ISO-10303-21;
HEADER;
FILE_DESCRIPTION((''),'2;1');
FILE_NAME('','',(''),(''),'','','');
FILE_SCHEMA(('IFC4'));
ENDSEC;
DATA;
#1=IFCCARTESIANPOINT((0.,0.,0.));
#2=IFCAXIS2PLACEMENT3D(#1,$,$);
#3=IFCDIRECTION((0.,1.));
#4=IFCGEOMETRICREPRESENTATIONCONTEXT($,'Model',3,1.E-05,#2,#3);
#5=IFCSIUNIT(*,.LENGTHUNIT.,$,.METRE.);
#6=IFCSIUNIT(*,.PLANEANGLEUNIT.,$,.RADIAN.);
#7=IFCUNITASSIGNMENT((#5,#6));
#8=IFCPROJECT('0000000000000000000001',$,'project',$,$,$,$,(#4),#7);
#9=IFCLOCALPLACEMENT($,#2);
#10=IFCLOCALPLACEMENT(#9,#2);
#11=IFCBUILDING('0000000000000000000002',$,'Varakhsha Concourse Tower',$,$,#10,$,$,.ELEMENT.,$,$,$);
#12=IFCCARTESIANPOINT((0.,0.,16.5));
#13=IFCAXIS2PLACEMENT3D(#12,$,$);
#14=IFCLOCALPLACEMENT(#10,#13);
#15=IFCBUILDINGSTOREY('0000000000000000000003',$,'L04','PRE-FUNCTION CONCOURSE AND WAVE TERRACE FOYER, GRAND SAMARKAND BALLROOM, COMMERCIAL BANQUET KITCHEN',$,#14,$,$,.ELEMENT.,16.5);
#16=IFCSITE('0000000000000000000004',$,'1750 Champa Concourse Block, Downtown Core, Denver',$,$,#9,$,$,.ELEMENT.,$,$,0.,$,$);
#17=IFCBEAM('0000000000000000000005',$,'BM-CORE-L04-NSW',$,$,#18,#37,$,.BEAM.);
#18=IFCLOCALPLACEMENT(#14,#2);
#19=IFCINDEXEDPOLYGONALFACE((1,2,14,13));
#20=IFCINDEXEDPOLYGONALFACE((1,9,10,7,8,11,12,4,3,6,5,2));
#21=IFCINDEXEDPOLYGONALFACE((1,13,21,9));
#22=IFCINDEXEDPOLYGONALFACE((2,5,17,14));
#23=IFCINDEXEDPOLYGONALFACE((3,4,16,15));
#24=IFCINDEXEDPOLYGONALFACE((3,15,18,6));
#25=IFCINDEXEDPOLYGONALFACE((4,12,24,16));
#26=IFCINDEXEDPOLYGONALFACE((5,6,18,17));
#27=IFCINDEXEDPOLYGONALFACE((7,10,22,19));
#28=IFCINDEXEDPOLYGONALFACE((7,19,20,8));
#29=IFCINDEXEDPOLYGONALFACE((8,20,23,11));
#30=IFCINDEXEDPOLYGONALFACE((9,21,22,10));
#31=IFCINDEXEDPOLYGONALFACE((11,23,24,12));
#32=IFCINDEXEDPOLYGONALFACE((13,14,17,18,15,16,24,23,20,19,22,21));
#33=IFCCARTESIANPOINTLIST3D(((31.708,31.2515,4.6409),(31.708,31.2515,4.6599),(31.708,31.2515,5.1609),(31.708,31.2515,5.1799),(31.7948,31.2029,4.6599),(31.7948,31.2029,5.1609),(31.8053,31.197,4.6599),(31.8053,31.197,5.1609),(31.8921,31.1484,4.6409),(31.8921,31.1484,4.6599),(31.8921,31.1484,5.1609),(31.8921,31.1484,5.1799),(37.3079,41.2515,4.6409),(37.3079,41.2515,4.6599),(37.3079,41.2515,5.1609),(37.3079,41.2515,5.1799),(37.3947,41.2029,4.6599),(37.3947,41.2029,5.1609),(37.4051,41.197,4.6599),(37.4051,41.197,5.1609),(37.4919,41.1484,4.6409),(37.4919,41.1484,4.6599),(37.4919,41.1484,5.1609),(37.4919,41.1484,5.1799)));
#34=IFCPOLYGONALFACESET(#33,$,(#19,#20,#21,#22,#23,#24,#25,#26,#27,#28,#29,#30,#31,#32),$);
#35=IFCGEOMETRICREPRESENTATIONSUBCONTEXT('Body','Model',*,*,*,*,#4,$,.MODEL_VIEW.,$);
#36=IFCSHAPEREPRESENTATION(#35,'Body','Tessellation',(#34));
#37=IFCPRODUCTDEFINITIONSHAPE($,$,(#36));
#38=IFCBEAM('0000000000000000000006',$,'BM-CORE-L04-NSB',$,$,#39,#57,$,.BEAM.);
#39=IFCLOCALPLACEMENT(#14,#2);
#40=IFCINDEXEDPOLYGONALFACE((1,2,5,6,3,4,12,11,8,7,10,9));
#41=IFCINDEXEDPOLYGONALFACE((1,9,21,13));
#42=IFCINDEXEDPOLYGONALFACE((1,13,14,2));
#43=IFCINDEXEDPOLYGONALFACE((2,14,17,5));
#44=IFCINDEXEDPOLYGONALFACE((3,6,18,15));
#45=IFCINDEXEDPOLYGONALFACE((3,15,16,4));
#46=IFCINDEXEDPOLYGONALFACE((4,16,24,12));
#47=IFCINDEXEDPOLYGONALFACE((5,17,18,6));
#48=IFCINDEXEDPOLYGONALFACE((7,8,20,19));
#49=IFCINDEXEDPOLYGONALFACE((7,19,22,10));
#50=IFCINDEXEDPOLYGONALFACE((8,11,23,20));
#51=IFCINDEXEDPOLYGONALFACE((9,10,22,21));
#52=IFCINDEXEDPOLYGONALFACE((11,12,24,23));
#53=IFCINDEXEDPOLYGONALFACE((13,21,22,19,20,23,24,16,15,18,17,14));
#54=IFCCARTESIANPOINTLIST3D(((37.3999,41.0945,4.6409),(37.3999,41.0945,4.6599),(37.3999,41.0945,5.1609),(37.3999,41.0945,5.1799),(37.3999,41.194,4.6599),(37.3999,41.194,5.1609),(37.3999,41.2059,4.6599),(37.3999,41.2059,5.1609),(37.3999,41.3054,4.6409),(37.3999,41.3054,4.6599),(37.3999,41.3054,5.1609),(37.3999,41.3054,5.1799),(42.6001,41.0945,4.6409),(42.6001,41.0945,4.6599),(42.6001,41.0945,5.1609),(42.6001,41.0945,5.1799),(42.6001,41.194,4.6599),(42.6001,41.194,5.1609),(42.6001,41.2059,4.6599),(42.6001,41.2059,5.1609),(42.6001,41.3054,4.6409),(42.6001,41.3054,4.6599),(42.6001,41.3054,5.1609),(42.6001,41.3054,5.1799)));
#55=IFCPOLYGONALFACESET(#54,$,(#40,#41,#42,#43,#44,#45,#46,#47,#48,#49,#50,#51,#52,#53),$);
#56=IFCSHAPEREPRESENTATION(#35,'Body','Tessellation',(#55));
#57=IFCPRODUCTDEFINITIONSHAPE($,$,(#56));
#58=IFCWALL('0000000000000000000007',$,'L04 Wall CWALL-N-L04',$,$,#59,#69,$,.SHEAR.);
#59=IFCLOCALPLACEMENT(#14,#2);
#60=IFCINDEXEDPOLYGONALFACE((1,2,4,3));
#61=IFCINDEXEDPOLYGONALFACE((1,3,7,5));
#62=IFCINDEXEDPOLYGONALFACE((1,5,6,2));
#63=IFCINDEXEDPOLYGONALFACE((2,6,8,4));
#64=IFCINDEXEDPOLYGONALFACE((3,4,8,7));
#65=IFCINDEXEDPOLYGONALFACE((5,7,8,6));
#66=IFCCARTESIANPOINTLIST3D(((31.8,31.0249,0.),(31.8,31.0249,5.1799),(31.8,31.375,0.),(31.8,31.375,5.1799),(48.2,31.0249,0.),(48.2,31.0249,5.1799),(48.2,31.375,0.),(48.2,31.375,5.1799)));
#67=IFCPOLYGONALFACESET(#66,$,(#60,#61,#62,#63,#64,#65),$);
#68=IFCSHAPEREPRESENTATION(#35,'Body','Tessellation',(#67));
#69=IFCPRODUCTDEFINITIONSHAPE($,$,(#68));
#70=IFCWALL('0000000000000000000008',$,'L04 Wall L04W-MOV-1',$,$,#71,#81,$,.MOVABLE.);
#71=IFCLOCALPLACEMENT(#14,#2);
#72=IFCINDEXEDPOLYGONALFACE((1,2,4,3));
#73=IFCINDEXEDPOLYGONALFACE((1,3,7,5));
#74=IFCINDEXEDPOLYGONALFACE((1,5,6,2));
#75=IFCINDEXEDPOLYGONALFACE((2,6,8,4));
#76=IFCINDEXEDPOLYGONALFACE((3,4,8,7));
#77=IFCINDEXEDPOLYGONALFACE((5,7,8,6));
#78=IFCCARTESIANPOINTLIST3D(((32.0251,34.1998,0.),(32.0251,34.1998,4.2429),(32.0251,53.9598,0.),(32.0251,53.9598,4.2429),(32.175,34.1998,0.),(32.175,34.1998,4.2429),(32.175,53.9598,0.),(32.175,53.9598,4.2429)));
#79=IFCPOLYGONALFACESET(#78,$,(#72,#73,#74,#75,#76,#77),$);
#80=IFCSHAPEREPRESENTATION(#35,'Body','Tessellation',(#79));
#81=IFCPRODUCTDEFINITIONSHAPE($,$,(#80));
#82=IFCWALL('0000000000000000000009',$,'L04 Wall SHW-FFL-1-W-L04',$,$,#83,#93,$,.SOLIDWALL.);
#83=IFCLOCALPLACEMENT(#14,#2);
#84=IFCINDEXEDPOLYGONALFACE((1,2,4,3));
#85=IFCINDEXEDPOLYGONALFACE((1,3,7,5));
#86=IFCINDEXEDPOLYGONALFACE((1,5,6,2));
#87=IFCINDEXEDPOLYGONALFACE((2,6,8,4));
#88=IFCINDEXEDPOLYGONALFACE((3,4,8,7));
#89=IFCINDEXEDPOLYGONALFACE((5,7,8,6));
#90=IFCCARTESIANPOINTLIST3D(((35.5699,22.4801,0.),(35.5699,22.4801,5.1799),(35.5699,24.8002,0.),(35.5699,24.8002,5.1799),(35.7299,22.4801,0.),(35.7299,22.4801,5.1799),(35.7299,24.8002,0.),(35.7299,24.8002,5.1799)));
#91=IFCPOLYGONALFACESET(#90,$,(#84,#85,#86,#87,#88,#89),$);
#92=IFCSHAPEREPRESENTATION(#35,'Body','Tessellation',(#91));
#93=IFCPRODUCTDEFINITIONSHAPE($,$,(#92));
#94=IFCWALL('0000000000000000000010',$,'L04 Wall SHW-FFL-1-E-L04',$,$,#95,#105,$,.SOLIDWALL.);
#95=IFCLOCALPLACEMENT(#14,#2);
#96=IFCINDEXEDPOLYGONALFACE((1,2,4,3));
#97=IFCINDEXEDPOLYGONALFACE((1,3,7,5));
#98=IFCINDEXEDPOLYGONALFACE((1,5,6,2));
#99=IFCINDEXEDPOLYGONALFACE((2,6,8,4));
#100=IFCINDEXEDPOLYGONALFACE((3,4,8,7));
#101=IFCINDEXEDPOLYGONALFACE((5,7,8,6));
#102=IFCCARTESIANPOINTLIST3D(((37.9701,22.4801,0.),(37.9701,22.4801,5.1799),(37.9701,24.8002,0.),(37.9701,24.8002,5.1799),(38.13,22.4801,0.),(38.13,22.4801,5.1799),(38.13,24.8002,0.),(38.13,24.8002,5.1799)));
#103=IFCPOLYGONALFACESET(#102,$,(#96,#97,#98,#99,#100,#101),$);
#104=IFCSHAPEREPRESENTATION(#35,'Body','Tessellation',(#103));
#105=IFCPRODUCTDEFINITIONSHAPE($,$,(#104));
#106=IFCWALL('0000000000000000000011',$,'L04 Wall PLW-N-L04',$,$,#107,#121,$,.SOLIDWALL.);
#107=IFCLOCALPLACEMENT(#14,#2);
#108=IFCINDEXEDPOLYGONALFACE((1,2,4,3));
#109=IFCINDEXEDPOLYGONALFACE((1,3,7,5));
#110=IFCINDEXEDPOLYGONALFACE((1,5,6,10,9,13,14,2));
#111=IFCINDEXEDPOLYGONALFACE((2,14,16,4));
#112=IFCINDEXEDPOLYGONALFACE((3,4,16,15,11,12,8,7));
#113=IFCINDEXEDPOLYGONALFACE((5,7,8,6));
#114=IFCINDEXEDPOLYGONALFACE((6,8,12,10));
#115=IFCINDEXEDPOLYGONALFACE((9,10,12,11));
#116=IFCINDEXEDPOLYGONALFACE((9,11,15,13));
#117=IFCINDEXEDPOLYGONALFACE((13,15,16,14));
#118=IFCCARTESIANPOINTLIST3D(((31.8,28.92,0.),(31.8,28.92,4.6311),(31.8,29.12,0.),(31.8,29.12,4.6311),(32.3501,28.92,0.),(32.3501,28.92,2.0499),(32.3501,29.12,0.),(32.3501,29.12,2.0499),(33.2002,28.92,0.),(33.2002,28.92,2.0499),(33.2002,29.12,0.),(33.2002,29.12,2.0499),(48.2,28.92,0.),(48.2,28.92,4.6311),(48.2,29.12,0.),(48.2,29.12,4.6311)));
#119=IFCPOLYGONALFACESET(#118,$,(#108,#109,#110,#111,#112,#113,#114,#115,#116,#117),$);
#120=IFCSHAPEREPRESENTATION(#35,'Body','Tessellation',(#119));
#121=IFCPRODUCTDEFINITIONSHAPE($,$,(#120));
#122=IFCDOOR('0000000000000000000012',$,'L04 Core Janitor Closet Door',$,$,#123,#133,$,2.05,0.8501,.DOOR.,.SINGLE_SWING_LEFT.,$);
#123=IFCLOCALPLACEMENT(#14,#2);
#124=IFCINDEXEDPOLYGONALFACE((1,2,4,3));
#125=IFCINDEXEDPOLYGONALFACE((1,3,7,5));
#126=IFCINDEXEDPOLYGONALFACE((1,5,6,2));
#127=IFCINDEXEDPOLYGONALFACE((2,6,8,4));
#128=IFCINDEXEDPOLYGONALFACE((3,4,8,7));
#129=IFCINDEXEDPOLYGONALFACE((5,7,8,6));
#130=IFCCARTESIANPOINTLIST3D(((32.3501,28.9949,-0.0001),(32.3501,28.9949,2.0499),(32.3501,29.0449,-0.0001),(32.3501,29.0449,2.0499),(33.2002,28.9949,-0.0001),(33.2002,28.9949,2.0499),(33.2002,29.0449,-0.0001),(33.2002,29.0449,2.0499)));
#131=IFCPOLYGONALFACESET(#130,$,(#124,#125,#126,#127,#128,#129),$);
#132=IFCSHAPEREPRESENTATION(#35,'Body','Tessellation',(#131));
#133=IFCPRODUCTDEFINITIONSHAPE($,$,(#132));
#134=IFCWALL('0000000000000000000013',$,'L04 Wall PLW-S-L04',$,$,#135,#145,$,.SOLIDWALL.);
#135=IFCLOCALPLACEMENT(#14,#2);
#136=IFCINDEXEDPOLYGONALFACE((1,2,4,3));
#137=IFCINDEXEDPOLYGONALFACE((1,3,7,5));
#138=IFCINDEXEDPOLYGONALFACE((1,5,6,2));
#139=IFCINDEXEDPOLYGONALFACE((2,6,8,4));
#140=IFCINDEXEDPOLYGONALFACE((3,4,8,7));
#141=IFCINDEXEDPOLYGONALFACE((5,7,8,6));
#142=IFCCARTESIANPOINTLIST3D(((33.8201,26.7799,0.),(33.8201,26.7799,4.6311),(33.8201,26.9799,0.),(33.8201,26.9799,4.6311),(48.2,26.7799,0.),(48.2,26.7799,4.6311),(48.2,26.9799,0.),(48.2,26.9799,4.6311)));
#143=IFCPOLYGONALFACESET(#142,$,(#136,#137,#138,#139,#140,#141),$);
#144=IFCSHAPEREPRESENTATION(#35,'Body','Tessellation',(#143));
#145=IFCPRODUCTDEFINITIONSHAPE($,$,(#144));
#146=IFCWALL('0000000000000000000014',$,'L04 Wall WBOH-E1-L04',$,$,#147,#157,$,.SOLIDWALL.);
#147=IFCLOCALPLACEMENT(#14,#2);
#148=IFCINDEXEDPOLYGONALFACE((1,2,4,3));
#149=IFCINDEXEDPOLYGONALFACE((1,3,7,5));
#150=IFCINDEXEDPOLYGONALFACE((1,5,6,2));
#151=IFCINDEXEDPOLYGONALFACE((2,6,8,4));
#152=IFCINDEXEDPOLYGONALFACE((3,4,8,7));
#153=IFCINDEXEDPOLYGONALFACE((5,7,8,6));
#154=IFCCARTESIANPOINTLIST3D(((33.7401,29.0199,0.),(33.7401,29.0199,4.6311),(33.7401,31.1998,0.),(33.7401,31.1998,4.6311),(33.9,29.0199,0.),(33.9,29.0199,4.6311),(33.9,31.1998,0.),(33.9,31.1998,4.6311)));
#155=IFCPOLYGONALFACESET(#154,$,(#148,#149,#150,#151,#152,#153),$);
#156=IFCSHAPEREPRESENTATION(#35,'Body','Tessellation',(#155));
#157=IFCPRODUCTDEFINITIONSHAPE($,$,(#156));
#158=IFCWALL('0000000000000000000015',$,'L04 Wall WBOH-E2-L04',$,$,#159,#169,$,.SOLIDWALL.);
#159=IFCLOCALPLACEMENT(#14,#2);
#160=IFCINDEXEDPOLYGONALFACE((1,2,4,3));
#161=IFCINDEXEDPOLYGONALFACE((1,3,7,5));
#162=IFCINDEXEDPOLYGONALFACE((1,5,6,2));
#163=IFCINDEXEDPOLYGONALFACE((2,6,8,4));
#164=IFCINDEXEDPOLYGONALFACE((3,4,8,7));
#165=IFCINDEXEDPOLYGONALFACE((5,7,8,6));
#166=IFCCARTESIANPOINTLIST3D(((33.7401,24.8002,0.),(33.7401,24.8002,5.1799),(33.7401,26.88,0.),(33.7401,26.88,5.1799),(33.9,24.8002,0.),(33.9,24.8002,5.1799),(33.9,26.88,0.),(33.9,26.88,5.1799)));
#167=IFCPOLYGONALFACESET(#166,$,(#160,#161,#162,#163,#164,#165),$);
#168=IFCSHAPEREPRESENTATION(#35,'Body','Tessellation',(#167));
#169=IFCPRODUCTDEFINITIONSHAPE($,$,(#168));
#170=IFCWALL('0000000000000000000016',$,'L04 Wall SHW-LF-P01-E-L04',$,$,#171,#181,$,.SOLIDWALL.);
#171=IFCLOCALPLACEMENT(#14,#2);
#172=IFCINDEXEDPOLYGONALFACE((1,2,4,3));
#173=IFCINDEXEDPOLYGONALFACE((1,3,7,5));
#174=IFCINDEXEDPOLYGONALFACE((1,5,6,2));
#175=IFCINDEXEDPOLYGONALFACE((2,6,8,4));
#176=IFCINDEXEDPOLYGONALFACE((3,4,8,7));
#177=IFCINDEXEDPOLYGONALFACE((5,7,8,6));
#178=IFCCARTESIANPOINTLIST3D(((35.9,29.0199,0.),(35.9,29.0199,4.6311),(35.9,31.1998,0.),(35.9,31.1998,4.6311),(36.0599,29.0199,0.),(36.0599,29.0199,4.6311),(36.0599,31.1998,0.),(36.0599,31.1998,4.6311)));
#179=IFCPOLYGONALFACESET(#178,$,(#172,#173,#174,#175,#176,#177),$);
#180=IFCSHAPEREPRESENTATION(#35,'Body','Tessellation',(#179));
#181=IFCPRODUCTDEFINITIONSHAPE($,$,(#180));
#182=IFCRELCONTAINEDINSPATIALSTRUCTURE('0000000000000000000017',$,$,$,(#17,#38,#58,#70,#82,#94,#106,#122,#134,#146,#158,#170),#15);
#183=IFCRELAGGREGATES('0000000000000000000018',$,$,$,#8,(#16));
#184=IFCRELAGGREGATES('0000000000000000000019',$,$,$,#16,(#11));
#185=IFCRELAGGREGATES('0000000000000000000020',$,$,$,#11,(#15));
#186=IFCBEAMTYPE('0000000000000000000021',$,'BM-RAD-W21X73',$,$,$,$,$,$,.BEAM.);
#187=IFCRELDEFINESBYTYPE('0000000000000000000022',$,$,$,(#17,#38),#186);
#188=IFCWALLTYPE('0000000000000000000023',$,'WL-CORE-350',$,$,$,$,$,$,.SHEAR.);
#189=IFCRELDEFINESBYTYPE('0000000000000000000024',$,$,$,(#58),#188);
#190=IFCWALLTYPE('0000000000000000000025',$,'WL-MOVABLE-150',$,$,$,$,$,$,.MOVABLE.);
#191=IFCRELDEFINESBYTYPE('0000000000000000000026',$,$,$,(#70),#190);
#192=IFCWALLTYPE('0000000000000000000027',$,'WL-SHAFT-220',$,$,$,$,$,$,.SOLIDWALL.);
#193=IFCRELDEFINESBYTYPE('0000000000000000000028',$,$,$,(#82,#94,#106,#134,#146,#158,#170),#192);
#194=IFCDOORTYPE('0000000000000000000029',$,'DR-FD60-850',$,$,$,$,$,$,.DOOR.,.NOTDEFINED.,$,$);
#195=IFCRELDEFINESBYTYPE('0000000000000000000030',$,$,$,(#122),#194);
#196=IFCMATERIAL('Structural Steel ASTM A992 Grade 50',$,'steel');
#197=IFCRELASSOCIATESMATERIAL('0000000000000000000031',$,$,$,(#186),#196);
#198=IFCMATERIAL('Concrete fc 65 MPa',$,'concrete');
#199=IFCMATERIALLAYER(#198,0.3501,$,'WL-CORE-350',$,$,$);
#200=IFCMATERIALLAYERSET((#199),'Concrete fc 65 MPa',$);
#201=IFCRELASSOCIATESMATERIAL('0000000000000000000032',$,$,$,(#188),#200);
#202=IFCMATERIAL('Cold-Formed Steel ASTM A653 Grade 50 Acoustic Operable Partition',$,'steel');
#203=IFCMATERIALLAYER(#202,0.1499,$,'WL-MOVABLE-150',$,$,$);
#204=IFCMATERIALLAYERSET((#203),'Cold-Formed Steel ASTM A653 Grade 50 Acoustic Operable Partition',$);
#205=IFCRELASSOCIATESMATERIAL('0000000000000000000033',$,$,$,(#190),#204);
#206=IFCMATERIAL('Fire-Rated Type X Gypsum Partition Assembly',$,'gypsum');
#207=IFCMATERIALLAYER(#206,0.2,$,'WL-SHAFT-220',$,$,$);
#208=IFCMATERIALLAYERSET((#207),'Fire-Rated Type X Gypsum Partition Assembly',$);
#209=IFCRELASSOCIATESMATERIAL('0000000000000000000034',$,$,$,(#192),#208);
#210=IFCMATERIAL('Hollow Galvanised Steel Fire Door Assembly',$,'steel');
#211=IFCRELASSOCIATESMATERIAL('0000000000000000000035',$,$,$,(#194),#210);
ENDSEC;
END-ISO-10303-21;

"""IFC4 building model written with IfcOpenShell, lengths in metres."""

from ifc_helpers import new_model, si_unit, direction, frame, frame_2d, origin, origin_2d, place, context, subcontext, project, spatial, rectangle, i_section, extrude, material, layer, layer_set, material_profile, profile_set, type_object, element, fill, save


model = new_model("IFC4")

# Units and contexts
model_context = context("Model", 3, precision=1e-05, world=origin(), true_north=direction((0.0, 1.0)))
body_context = subcontext(model_context, "Body", "Model", "MODEL_VIEW")
ifc_project = project(units=[si_unit("LENGTHUNIT", "METRE"), si_unit("PLANEANGLEUNIT", "RADIAN")], contexts=[model_context])

# Site, building, storey
site_placement = place(None, origin())
site = spatial("IfcSite", under=ifc_project, at=site_placement, Name="1750 Champa Concourse Block, Downtown Core, Denver", CompositionType="ELEMENT", RefElevation=0.0)
building_placement = place(site_placement, origin())
building = spatial("IfcBuilding", under=site, at=building_placement, Name="Varakhsha Concourse Tower", CompositionType="ELEMENT")
storey_placement = place(building_placement, frame((0.0, 0.0, 16.5)))
storey = spatial("IfcBuildingStorey", under=building, at=storey_placement, Name="L04", Description="PRE-FUNCTION CONCOURSE AND WAVE TERRACE FOYER, GRAND SAMARKAND BALLROOM, COMMERCIAL BANQUET KITCHEN", CompositionType="ELEMENT", Elevation=16.5)

# Shared definitions
ifc_material_1 = material(Name="Structural Steel ASTM A992 Grade 50", Category="steel")
ifc_material_2 = material(Name="Concrete fc 65 MPa", Category="concrete")

# Beams
ifc_material_profile_1 = material_profile(ifc_material_1, i_section(OverallWidth=0.2109, OverallDepth=0.5391, WebThickness=0.012, FlangeThickness=0.019, at=origin_2d()), Name="W21X73")
ifc_profile_set_1 = profile_set([ifc_material_profile_1], Name="Structural Steel ASTM A992 Grade 50")
beam_type_1 = type_object("IfcBeamType", Name="BM-RAD-W21X73", PredefinedType="BEAM", material=ifc_profile_set_1)
beam_1_placement = place(storey_placement, frame((31.8, 31.2, 4.9104), z_axis=(0.488594, 0.872511, 0.0), x_axis=(-0.872511, 0.488594, 0.0)))
element("IfcBeam", 1, at=beam_1_placement, inside=storey, type_object=beam_type_1, Name="BM-CORE-L04-NSW", PredefinedType="BEAM", context=body_context, shape_type="SweptSolid", body=[
    extrude(i_section(OverallWidth=0.2109, OverallDepth=0.5391, WebThickness=0.012, FlangeThickness=0.019, at=origin_2d()), origin(), (0.0, 0.0, 1.0), 11.4612),
])
beam_2_placement = place(storey_placement, frame((37.3999, 41.2, 4.9104), z_axis=(1.0, 0.0, 0.0), x_axis=(0.0, 1.0, 0.0)))
element("IfcBeam", 2, at=beam_2_placement, inside=storey, type_object=beam_type_1, Name="BM-CORE-L04-NSB", PredefinedType="BEAM", context=body_context, shape_type="SweptSolid", body=[
    extrude(i_section(OverallWidth=0.2109, OverallDepth=0.5391, WebThickness=0.012, FlangeThickness=0.019, at=origin_2d()), origin(), (0.0, 0.0, 1.0), 5.2002),
])

# Walls
ifc_layer_1 = layer(ifc_material_2, 0.3501, Name="WL-CORE-350")
ifc_layer_set_1 = layer_set([ifc_layer_1], Name="Concrete fc 65 MPa")
wall_type_1 = type_object("IfcWallType", Name="WL-CORE-350", PredefinedType="SHEAR", material=ifc_layer_set_1)
wall_1_placement = place(storey_placement, frame((31.8, 31.2, 0.0), z_axis=(0.0, 0.0, 1.0), x_axis=(1.0, 0.0, 0.0)))
element("IfcWall", 3, at=wall_1_placement, inside=storey, type_object=wall_type_1, Name="L04 Wall CWALL-N-L04", PredefinedType="SHEAR", context=body_context, shape_type="SweptSolid", body=[
    extrude(rectangle(XDim=16.3999, YDim=0.3501, at=frame_2d((8.2, 0.0))), origin(), (0.0, 0.0, 1.0), 5.1799),
])
ifc_material_3 = material(Name="Cold-Formed Steel ASTM A653 Grade 50 Acoustic Operable Partition", Category="steel")
ifc_layer_2 = layer(ifc_material_3, 0.1499, Name="WL-MOVABLE-150")
ifc_layer_set_2 = layer_set([ifc_layer_2], Name="Cold-Formed Steel ASTM A653 Grade 50 Acoustic Operable Partition")
wall_type_2 = type_object("IfcWallType", Name="WL-MOVABLE-150", PredefinedType="MOVABLE", material=ifc_layer_set_2)
wall_2_placement = place(storey_placement, frame((32.1001, 34.2, 0.0), z_axis=(0.0, 0.0, 1.0), x_axis=(0.0, 1.0, 0.0)))
element("IfcWall", 4, at=wall_2_placement, inside=storey, type_object=wall_type_2, Name="L04 Wall L04W-MOV-1", PredefinedType="MOVABLE", context=body_context, shape_type="SweptSolid", body=[
    extrude(rectangle(XDim=19.76, YDim=0.1499, at=frame_2d((9.8799, 0.0))), origin(), (0.0, 0.0, 1.0), 4.2429),
])

# Shared definitions
ifc_material_4 = material(Name="Fire-Rated Type X Gypsum Partition Assembly", Category="gypsum")
ifc_layer_3 = layer(ifc_material_4, 0.2, Name="WL-SHAFT-220")
ifc_layer_set_3 = layer_set([ifc_layer_3], Name="Fire-Rated Type X Gypsum Partition Assembly")
wall_type_3 = type_object("IfcWallType", Name="WL-SHAFT-220", PredefinedType="SOLIDWALL", material=ifc_layer_set_3)

# Walls
for number, where, z_axis, x_axis, name in (
    (5, (35.6499, 22.48, 0.0), (0.0, 0.0, 1.0), (0.0, 1.0, 0.0), "L04 Wall SHW-FFL-1-W-L04"),
    (6, (38.05, 22.48, 0.0), (0.0, 0.0, 1.0), (0.0, 1.0, 0.0), "L04 Wall SHW-FFL-1-E-L04"),
):
    element("IfcWall", number, at=place(storey_placement, frame(where, z_axis=z_axis, x_axis=x_axis)), inside=storey, type_object=wall_type_3, Name=name, PredefinedType="SOLIDWALL", context=body_context, shape_type="SweptSolid", body=[
        extrude(rectangle(XDim=2.3201, YDim=0.1599, at=frame_2d((1.1602, 0.0))), origin(), (0.0, 0.0, 1.0), 5.1799),
    ])

# Wall, opening, door
wall_3_placement = place(storey_placement, frame((31.8, 29.02, 0.0), z_axis=(0.0, 0.0, 1.0), x_axis=(1.0, 0.0, 0.0)))
wall_3 = element("IfcWall", 7, at=wall_3_placement, inside=storey, type_object=wall_type_3, Name="L04 Wall PLW-N-L04", PredefinedType="SOLIDWALL", context=body_context, shape_type="SweptSolid", body=[
    extrude(rectangle(XDim=16.3999, YDim=0.2, at=frame_2d((8.2, 0.0))), origin(), (0.0, 0.0, 1.0), 4.6311),
])
opening_1_placement = place(wall_3_placement, frame((0.55, 0.0, 0.0)))
opening_1 = element("IfcOpeningElement", 8, at=opening_1_placement, cuts=wall_3, PredefinedType="OPENING", context=body_context, shape_type="SweptSolid", body=[
    extrude(rectangle(XDim=0.8501, YDim=2.05, at=frame_2d((0.425, 1.0249))), frame((0.0, 0.1099, 0.0), z_axis=(0.0, -1.0, 0.0), x_axis=(1.0, 0.0, 0.0)), (0.0, 0.0, 1.0), 0.22),
])
ifc_material_5 = material(Name="Hollow Galvanised Steel Fire Door Assembly", Category="steel")
door_type_1 = type_object("IfcDoorType", Name="DR-FD60-850", OperationType="NOTDEFINED", PredefinedType="DOOR", material=ifc_material_5)
door_1_placement = place(opening_1_placement, origin())
door_1 = element("IfcDoor", 9, at=door_1_placement, inside=storey, type_object=door_type_1, Name="L04 Core Janitor Closet Door", OperationType="SINGLE_SWING_LEFT", OverallHeight=2.05, OverallWidth=0.8501, PredefinedType="DOOR", context=body_context, shape_type="SweptSolid", body=[
    extrude(rectangle(XDim=0.8501, YDim=2.05, at=frame_2d((0.425, 1.0249))), frame((0.0, 0.0249, 0.0), z_axis=(0.0, -1.0, 0.0), x_axis=(1.0, 0.0, 0.0)), (0.0, 0.0, 1.0), 0.05),
])
fill(opening_1, door_1)

# Walls
wall_4_placement = place(storey_placement, frame((33.8201, 26.8799, 0.0), z_axis=(0.0, 0.0, 1.0), x_axis=(1.0, 0.0, 0.0)))
element("IfcWall", 10, at=wall_4_placement, inside=storey, type_object=wall_type_3, Name="L04 Wall PLW-S-L04", PredefinedType="SOLIDWALL", context=body_context, shape_type="SweptSolid", body=[
    extrude(rectangle(XDim=14.3799, YDim=0.2, at=frame_2d((7.1899, 0.0))), origin(), (0.0, 0.0, 1.0), 4.6311),
])
wall_5_placement = place(storey_placement, frame((33.8201, 29.02, 0.0), z_axis=(0.0, 0.0, 1.0), x_axis=(0.0, 1.0, 0.0)))
element("IfcWall", 11, at=wall_5_placement, inside=storey, type_object=wall_type_3, Name="L04 Wall WBOH-E1-L04", PredefinedType="SOLIDWALL", context=body_context, shape_type="SweptSolid", body=[
    extrude(rectangle(XDim=2.1799, YDim=0.1599, at=frame_2d((1.0898, 0.0))), origin(), (0.0, 0.0, 1.0), 4.6311),
])
wall_6_placement = place(storey_placement, frame((33.8201, 24.8, 0.0), z_axis=(0.0, 0.0, 1.0), x_axis=(0.0, 1.0, 0.0)))
element("IfcWall", 12, at=wall_6_placement, inside=storey, type_object=wall_type_3, Name="L04 Wall WBOH-E2-L04", PredefinedType="SOLIDWALL", context=body_context, shape_type="SweptSolid", body=[
    extrude(rectangle(XDim=2.0798, YDim=0.1599, at=frame_2d((1.04, 0.0))), origin(), (0.0, 0.0, 1.0), 5.1799),
])
for number, where, z_axis, x_axis, name in (
    (13, (35.98, 29.02, 0.0), (0.0, 0.0, 1.0), (0.0, 1.0, 0.0), "L04 Wall SHW-LF-P01-E-L04"),
):
    element("IfcWall", number, at=place(storey_placement, frame(where, z_axis=z_axis, x_axis=x_axis)), inside=storey, type_object=wall_type_3, Name=name, PredefinedType="SOLIDWALL", context=body_context, shape_type="SweptSolid", body=[
        extrude(rectangle(XDim=2.1799, YDim=0.1599, at=frame_2d((1.0898, 0.0))), origin(), (0.0, 0.0, 1.0), 4.6311),
    ])

save(model, "model.ifc")
